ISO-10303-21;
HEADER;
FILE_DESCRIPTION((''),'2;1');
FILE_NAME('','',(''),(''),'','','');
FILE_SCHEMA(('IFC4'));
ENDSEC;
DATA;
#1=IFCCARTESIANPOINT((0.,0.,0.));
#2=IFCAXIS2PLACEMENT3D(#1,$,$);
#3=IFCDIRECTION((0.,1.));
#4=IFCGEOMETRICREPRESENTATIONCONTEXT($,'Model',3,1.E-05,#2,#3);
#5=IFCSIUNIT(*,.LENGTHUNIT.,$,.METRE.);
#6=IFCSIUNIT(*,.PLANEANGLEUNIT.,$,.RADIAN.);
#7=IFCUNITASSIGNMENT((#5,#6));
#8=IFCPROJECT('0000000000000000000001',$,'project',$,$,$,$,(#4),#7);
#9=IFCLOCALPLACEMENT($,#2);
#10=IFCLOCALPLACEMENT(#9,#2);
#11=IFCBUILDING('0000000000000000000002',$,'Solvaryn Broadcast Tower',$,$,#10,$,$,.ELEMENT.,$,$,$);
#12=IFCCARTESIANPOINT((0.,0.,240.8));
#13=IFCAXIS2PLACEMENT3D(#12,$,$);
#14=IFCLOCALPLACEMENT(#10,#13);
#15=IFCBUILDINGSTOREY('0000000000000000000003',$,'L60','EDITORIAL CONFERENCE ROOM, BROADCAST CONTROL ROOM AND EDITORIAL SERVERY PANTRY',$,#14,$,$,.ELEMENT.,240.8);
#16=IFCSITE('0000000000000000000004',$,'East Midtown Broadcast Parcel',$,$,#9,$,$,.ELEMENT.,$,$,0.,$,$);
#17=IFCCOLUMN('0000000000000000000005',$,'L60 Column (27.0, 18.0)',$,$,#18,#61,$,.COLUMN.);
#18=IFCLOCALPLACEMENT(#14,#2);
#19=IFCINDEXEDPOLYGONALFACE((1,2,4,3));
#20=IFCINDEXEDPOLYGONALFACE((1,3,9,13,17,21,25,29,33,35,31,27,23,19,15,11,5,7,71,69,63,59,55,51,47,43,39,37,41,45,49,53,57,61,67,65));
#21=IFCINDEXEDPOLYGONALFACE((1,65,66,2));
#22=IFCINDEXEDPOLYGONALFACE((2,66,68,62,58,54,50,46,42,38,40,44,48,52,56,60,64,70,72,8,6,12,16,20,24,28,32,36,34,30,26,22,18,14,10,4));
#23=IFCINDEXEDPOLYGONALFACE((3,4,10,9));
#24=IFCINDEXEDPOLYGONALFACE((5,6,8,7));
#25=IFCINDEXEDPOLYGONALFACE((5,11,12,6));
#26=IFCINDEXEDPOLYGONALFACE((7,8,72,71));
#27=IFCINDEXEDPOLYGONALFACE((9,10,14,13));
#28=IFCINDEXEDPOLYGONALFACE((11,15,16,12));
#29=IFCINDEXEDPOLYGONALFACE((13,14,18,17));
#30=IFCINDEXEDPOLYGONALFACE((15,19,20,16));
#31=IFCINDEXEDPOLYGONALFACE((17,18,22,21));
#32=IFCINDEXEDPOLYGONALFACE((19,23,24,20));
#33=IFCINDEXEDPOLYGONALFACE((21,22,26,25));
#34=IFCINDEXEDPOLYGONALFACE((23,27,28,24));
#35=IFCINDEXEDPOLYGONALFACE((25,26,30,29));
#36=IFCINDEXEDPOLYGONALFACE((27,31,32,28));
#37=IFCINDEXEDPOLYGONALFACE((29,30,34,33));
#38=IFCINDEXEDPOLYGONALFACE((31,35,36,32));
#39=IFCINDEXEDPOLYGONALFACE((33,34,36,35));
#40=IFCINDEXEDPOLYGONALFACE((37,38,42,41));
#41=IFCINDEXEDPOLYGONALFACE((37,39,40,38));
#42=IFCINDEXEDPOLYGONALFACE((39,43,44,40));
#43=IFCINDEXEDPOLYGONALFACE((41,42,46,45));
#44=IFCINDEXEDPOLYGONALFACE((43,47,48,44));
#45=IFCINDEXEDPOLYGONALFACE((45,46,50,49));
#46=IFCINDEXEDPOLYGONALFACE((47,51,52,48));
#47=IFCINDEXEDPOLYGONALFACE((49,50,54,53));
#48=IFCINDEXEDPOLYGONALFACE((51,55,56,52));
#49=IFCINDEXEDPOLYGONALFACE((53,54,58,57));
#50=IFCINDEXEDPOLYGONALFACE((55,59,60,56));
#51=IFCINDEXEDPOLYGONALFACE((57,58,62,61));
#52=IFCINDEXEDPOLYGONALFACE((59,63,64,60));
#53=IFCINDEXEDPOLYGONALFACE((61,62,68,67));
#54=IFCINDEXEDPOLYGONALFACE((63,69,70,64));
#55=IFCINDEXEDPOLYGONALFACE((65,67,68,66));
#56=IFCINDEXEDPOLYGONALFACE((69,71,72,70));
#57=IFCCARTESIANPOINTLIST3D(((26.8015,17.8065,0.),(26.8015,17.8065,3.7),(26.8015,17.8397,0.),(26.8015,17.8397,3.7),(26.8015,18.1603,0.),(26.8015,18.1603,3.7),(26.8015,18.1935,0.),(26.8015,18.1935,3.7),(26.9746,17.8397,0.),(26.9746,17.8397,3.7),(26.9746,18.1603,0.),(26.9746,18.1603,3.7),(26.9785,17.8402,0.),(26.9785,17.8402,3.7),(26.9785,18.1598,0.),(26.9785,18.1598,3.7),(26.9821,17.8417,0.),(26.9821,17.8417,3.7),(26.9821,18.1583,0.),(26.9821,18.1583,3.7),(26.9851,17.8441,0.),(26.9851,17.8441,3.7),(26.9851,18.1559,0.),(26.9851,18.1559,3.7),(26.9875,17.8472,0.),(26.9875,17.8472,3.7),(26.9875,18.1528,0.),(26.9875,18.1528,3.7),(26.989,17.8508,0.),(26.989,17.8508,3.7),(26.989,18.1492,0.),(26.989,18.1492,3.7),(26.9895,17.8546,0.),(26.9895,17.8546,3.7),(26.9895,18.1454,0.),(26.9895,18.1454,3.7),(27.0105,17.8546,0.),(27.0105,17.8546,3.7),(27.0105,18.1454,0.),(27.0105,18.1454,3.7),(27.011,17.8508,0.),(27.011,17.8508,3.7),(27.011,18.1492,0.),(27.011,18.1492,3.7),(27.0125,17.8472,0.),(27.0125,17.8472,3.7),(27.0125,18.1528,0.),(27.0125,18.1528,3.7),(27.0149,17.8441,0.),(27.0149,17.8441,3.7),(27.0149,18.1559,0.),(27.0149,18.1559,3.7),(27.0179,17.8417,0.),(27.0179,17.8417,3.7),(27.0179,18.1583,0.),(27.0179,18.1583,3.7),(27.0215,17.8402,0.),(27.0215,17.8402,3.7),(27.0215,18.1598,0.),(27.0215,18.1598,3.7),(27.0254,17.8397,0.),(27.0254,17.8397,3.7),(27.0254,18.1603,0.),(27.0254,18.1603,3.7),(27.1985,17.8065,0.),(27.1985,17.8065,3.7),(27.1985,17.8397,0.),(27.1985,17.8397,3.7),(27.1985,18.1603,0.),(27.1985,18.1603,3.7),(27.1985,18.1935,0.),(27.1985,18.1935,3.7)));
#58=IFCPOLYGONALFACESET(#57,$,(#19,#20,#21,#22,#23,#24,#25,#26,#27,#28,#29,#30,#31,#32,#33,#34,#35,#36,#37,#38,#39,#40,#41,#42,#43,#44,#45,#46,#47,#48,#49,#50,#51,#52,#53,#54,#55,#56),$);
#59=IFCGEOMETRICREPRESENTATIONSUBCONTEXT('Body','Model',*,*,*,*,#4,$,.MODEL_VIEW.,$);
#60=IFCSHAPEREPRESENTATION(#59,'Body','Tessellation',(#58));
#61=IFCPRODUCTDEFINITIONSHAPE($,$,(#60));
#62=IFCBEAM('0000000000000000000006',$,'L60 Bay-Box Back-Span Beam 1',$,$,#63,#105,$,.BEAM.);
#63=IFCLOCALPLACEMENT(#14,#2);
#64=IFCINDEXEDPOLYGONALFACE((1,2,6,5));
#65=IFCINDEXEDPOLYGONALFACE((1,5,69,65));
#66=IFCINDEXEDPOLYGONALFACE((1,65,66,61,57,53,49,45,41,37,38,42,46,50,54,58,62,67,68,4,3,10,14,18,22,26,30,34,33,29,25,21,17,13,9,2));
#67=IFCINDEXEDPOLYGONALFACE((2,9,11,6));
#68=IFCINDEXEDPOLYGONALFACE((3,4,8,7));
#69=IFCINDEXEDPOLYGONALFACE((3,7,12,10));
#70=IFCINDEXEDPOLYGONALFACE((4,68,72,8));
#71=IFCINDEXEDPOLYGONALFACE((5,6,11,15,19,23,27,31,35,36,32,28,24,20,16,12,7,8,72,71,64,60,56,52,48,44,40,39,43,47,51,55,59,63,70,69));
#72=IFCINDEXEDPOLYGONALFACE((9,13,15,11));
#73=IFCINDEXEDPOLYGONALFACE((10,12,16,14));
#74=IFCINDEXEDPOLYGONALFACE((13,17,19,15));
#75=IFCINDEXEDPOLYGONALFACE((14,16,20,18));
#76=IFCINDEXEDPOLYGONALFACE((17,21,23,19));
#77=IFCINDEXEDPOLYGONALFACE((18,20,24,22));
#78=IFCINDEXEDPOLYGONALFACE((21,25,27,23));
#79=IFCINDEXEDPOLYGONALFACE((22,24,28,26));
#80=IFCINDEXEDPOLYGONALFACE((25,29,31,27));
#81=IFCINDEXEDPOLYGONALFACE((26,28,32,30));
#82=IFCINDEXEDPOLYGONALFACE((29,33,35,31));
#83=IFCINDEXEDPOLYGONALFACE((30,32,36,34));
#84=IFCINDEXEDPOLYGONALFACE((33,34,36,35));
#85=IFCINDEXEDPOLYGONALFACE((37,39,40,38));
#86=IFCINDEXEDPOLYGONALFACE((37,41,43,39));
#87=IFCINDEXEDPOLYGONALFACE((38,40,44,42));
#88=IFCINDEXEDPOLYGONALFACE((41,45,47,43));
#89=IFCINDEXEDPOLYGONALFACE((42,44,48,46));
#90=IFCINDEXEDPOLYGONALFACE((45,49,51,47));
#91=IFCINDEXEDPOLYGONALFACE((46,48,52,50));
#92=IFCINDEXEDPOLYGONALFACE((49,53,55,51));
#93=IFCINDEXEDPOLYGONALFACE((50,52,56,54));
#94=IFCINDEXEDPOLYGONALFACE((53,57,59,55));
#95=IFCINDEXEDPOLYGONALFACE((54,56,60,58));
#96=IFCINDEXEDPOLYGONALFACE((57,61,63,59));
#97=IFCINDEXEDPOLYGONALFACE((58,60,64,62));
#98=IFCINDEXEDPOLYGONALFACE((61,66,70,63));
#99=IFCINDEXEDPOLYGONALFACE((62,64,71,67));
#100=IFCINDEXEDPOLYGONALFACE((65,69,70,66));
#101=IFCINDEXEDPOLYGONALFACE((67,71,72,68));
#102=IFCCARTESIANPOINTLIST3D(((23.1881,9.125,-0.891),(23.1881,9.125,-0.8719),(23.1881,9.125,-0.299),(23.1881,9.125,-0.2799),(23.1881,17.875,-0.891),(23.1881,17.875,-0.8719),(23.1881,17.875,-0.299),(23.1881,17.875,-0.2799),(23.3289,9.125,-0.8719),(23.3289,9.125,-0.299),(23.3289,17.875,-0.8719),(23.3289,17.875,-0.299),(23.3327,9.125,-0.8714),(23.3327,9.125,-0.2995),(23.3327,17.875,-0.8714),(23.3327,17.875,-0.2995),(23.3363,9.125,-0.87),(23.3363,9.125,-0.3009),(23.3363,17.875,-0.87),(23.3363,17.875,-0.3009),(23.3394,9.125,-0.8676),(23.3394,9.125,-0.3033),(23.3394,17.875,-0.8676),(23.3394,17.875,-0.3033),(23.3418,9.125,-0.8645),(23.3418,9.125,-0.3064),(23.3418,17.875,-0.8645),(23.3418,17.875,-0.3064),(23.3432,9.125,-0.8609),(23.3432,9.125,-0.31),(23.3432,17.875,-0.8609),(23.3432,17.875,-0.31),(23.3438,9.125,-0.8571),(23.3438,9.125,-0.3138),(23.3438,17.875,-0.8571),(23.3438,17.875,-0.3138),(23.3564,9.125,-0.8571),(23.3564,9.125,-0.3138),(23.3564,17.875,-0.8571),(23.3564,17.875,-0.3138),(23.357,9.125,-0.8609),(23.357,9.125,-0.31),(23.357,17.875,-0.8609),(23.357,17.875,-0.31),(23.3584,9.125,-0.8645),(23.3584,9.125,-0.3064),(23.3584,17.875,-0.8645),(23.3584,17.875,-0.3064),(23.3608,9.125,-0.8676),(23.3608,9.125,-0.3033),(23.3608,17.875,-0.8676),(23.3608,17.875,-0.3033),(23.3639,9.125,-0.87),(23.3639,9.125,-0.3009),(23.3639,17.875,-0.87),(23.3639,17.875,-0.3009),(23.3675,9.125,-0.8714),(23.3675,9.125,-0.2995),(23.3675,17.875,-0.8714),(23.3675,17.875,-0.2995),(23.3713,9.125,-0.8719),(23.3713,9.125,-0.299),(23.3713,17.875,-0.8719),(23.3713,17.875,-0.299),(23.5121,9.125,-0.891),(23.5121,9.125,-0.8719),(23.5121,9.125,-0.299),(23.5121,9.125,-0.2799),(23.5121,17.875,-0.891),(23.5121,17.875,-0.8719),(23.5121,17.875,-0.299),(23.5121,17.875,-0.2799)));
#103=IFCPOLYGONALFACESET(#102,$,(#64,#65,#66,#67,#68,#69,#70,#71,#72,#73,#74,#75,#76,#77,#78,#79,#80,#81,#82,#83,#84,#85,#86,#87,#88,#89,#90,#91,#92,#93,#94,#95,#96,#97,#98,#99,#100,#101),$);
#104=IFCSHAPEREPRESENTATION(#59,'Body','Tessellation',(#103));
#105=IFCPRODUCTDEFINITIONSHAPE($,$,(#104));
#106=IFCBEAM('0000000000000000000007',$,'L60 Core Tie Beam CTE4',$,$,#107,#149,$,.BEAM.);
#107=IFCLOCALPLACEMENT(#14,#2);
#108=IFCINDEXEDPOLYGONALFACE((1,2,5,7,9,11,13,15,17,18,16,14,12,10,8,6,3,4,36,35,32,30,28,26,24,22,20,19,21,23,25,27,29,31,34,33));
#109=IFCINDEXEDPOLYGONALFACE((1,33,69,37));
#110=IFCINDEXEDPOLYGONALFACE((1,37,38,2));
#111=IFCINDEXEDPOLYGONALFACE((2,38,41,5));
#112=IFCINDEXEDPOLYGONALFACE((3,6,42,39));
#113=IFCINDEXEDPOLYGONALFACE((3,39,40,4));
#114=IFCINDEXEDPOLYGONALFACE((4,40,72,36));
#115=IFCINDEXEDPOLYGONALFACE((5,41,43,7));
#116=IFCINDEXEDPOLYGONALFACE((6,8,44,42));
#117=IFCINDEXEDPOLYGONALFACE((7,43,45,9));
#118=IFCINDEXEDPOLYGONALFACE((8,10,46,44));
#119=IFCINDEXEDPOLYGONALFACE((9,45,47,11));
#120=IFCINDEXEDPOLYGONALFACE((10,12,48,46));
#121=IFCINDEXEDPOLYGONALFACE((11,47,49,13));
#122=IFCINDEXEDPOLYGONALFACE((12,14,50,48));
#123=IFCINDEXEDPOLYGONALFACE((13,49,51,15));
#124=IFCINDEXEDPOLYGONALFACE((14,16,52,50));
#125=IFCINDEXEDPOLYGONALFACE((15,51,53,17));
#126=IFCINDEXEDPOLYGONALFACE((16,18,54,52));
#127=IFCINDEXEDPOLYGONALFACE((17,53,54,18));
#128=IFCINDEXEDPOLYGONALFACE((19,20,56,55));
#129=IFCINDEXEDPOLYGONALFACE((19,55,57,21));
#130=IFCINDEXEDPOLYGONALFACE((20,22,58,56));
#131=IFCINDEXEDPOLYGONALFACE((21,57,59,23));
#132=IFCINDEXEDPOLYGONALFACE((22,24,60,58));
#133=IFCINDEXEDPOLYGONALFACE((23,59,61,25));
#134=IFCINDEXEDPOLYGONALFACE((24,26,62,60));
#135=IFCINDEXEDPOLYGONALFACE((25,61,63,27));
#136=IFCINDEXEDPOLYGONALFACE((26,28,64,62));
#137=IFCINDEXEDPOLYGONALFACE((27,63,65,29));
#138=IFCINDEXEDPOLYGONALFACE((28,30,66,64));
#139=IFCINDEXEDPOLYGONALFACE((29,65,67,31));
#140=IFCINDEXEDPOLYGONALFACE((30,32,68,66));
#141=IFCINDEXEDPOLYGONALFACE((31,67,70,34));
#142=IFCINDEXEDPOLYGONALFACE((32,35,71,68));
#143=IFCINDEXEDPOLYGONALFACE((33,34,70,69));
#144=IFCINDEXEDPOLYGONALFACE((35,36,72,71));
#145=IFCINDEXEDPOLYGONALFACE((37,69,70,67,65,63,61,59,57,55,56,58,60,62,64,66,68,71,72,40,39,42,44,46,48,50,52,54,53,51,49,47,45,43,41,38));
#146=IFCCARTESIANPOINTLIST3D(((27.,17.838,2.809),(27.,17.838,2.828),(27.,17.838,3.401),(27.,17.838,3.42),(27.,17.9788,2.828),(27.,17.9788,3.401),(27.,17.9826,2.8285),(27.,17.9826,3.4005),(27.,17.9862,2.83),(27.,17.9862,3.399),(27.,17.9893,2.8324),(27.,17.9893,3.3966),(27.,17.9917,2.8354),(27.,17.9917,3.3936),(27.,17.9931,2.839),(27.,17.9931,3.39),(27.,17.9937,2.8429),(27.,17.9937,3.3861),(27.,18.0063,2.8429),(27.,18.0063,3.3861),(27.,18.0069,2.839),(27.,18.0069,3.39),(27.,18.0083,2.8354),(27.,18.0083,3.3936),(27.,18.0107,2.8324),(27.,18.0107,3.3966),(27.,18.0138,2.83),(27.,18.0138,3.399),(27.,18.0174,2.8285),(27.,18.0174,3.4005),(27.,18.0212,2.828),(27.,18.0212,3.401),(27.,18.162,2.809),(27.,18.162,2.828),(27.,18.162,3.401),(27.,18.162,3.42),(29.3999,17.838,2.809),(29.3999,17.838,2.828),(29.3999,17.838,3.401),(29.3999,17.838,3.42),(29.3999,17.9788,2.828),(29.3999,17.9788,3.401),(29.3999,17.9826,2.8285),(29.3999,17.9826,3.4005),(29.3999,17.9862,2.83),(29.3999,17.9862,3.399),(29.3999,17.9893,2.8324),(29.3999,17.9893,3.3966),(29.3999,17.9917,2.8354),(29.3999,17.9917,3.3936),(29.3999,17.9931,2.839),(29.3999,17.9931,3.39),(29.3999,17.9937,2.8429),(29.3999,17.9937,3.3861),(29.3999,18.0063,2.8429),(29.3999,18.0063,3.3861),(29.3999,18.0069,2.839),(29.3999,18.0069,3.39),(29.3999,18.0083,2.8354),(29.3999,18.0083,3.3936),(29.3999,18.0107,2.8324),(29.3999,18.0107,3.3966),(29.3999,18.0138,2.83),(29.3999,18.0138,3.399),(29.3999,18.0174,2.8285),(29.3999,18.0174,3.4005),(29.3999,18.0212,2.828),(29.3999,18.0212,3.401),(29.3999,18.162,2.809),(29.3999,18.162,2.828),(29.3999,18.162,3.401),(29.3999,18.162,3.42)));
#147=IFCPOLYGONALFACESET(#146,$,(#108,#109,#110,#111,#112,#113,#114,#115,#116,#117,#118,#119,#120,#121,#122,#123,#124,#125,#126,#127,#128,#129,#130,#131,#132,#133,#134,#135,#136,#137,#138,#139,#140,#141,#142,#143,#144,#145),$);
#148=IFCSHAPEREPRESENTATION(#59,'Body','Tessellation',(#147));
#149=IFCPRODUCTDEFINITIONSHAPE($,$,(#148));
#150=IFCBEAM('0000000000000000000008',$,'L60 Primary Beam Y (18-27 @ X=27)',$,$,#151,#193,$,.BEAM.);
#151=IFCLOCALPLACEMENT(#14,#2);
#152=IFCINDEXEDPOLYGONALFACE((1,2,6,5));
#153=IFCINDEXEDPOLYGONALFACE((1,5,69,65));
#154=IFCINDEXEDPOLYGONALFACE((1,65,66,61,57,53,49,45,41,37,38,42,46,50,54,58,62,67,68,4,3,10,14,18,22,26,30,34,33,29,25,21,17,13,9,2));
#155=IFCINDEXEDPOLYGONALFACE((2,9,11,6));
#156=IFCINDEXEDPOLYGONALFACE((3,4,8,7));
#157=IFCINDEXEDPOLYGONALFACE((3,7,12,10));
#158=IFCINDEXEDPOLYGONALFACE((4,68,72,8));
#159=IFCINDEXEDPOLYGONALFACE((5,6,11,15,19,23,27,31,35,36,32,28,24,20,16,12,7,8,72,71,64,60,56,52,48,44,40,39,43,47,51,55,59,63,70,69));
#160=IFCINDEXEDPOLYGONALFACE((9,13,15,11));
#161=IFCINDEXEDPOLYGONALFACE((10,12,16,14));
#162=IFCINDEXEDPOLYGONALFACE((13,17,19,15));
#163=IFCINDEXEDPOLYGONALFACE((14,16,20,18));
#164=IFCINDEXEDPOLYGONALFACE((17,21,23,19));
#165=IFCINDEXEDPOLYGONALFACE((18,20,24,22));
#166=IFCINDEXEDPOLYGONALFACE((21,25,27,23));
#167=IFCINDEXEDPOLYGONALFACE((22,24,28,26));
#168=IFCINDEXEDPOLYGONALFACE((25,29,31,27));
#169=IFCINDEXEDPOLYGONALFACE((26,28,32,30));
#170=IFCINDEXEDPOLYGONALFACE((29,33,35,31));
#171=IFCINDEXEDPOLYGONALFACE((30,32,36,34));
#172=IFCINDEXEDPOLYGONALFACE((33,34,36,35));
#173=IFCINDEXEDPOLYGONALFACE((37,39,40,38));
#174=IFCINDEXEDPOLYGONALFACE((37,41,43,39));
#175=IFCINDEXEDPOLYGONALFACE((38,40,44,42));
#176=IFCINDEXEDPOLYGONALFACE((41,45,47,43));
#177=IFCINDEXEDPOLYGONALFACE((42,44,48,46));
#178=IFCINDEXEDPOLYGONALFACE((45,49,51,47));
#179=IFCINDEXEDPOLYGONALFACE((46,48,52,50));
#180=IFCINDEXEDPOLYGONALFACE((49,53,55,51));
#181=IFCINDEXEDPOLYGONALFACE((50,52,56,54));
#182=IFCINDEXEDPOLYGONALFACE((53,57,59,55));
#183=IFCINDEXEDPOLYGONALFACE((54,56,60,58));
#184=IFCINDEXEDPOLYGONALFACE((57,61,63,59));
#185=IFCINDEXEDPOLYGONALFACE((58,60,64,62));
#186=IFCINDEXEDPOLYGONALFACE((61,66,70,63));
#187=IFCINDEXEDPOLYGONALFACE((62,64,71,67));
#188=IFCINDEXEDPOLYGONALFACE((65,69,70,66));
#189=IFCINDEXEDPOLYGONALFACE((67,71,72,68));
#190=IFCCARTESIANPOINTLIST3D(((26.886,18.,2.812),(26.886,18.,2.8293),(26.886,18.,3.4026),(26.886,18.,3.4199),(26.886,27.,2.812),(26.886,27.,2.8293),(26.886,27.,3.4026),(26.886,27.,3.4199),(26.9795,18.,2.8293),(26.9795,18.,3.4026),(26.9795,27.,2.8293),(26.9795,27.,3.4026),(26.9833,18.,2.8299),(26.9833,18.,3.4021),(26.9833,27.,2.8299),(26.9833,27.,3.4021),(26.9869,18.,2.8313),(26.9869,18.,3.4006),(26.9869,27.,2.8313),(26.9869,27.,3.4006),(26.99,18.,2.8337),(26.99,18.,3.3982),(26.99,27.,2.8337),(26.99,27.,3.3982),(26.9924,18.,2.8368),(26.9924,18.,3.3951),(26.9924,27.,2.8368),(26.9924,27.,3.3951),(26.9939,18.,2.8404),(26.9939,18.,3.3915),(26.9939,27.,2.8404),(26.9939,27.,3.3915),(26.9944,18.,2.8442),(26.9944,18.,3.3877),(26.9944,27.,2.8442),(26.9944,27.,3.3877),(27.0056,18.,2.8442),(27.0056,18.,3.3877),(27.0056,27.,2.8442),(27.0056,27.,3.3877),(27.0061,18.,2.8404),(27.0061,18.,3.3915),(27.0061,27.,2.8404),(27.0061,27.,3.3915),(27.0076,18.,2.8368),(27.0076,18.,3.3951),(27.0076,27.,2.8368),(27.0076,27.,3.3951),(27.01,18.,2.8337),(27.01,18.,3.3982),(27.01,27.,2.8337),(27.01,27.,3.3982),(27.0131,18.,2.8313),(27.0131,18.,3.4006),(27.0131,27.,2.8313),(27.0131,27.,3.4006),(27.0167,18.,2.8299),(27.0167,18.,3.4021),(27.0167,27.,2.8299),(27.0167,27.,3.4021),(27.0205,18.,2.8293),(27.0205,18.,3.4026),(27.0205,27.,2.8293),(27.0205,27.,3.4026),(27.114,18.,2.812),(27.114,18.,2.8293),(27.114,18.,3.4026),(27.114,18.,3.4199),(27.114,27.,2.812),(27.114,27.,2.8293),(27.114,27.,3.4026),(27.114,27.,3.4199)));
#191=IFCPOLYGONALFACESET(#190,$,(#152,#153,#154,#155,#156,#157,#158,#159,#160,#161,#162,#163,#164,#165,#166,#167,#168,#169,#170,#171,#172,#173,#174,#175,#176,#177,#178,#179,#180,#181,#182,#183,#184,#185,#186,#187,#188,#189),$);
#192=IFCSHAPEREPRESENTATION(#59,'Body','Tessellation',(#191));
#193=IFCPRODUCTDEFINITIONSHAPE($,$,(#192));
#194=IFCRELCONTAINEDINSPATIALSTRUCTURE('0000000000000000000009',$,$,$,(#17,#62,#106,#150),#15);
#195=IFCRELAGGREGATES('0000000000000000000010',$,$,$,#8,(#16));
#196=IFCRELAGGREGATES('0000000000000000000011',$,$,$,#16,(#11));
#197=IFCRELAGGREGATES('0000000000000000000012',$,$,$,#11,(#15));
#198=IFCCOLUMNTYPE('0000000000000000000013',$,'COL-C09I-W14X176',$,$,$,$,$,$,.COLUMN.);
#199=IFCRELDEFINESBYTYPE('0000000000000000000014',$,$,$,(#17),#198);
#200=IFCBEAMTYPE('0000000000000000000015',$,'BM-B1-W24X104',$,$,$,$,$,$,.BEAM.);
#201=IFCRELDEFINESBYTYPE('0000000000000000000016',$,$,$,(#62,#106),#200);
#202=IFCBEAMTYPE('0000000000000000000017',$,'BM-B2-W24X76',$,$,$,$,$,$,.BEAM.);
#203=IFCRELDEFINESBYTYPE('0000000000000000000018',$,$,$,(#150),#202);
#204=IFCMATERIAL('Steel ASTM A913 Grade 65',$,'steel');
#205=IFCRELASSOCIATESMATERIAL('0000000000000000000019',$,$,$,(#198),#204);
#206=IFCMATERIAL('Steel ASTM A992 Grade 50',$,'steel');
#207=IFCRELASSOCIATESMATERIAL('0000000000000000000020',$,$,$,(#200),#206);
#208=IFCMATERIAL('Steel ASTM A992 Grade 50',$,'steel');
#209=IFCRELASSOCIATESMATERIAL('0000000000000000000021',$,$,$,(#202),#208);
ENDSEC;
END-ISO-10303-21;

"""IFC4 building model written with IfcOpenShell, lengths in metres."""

from ifc_helpers import new_model, si_unit, direction, frame, origin, origin_2d, place, context, subcontext, project, spatial, i_section, extrude, material, material_profile, profile_set, type_object, element, save


model = new_model("IFC4")

# Units and contexts
model_context = context("Model", 3, precision=1e-05, world=origin(), true_north=direction((0.0, 1.0)))
body_context = subcontext(model_context, "Body", "Model", "MODEL_VIEW")
ifc_project = project(units=[si_unit("LENGTHUNIT", "METRE"), si_unit("PLANEANGLEUNIT", "RADIAN")], contexts=[model_context])

# Site, building, storey
site_placement = place(None, origin())
site = spatial("IfcSite", under=ifc_project, at=site_placement, Name="East Midtown Broadcast Parcel", CompositionType="ELEMENT", RefElevation=0.0)
building_placement = place(site_placement, origin())
building = spatial("IfcBuilding", under=site, at=building_placement, Name="Solvaryn Broadcast Tower", CompositionType="ELEMENT")
storey_placement = place(building_placement, frame((0.0, 0.0, 240.8)))
storey = spatial("IfcBuildingStorey", under=building, at=storey_placement, Name="L60", Description="EDITORIAL CONFERENCE ROOM, BROADCAST CONTROL ROOM AND EDITORIAL SERVERY PANTRY", CompositionType="ELEMENT", Elevation=240.8)

# Column
ifc_material_1 = material(Name="Steel ASTM A913 Grade 65", Category="steel")
ifc_material_profile_1 = material_profile(ifc_material_1, i_section(OverallWidth=0.397, OverallDepth=0.387, WebThickness=0.021, FlangeThickness=0.0332, FilletRadius=0.0149, at=origin_2d()))
ifc_profile_set_1 = profile_set([ifc_material_profile_1], Name="Steel ASTM A913 Grade 65")
column_type = type_object("IfcColumnType", Name="COL-C09I-W14X176", PredefinedType="COLUMN", material=ifc_profile_set_1)
column_placement = place(storey_placement, frame((27.0, 18.0, 0.0), z_axis=(0.0, 0.0, 1.0), x_axis=(1.0, 0.0, 0.0)))
element("IfcColumn", 1, at=column_placement, inside=storey, type_object=column_type, Name="L60 Column (27.0, 18.0)", PredefinedType="COLUMN", context=body_context, shape_type="SweptSolid", body=[
    extrude(i_section(OverallWidth=0.397, OverallDepth=0.387, WebThickness=0.021, FlangeThickness=0.0332, FilletRadius=0.0149, at=origin_2d()), origin(), (0.0, 0.0, 1.0), 3.7),
])

# Beams
ifc_material_2 = material(Name="Steel ASTM A992 Grade 50", Category="steel")
ifc_material_profile_2 = material_profile(ifc_material_2, i_section(OverallWidth=0.324, OverallDepth=0.6111, WebThickness=0.0127, FlangeThickness=0.019, FilletRadius=0.0149, at=origin_2d()))
ifc_profile_set_2 = profile_set([ifc_material_profile_2], Name="Steel ASTM A992 Grade 50")
beam_type_1 = type_object("IfcBeamType", Name="BM-B1-W24X104", PredefinedType="BEAM", material=ifc_profile_set_2)
beam_1_placement = place(storey_placement, frame((23.3501, 17.875, -0.5854), z_axis=(0.0, -1.0, 0.0), x_axis=(1.0, 0.0, 0.0)))
element("IfcBeam", 2, at=beam_1_placement, inside=storey, type_object=beam_type_1, Name="L60 Bay-Box Back-Span Beam 1", PredefinedType="BEAM", context=body_context, shape_type="SweptSolid", body=[
    extrude(i_section(OverallWidth=0.324, OverallDepth=0.6111, WebThickness=0.0127, FlangeThickness=0.019, FilletRadius=0.0149, at=origin_2d()), origin(), (0.0, 0.0, 1.0), 8.75),
])
beam_2_placement = place(storey_placement, frame((27.0, 18.0, 3.1145), z_axis=(1.0, 0.0, 0.0), x_axis=(0.0, 1.0, 0.0)))
element("IfcBeam", 3, at=beam_2_placement, inside=storey, type_object=beam_type_1, Name="L60 Core Tie Beam CTE4", PredefinedType="BEAM", context=body_context, shape_type="SweptSolid", body=[
    extrude(i_section(OverallWidth=0.324, OverallDepth=0.6111, WebThickness=0.0127, FlangeThickness=0.019, FilletRadius=0.0149, at=origin_2d()), origin(), (0.0, 0.0, 1.0), 2.3999),
])
ifc_material_3 = material(Name="Steel ASTM A992 Grade 50", Category="steel")
ifc_material_profile_3 = material_profile(ifc_material_3, i_section(OverallWidth=0.228, OverallDepth=0.6079, WebThickness=0.0112, FlangeThickness=0.0173, FilletRadius=0.0149, at=origin_2d()))
ifc_profile_set_3 = profile_set([ifc_material_profile_3], Name="Steel ASTM A992 Grade 50")
beam_type_2 = type_object("IfcBeamType", Name="BM-B2-W24X76", PredefinedType="BEAM", material=ifc_profile_set_3)
beam_3_placement = place(storey_placement, frame((27.0, 18.0, 3.116), z_axis=(0.0, 1.0, 0.0), x_axis=(-1.0, 0.0, 0.0)))
element("IfcBeam", 4, at=beam_3_placement, inside=storey, type_object=beam_type_2, Name="L60 Primary Beam Y (18-27 @ X=27)", PredefinedType="BEAM", context=body_context, shape_type="SweptSolid", body=[
    extrude(i_section(OverallWidth=0.228, OverallDepth=0.6079, WebThickness=0.0112, FlangeThickness=0.0173, FilletRadius=0.0149, at=origin_2d()), origin(), (0.0, 0.0, 1.0), 9.0),
])

save(model, "model.ifc")
